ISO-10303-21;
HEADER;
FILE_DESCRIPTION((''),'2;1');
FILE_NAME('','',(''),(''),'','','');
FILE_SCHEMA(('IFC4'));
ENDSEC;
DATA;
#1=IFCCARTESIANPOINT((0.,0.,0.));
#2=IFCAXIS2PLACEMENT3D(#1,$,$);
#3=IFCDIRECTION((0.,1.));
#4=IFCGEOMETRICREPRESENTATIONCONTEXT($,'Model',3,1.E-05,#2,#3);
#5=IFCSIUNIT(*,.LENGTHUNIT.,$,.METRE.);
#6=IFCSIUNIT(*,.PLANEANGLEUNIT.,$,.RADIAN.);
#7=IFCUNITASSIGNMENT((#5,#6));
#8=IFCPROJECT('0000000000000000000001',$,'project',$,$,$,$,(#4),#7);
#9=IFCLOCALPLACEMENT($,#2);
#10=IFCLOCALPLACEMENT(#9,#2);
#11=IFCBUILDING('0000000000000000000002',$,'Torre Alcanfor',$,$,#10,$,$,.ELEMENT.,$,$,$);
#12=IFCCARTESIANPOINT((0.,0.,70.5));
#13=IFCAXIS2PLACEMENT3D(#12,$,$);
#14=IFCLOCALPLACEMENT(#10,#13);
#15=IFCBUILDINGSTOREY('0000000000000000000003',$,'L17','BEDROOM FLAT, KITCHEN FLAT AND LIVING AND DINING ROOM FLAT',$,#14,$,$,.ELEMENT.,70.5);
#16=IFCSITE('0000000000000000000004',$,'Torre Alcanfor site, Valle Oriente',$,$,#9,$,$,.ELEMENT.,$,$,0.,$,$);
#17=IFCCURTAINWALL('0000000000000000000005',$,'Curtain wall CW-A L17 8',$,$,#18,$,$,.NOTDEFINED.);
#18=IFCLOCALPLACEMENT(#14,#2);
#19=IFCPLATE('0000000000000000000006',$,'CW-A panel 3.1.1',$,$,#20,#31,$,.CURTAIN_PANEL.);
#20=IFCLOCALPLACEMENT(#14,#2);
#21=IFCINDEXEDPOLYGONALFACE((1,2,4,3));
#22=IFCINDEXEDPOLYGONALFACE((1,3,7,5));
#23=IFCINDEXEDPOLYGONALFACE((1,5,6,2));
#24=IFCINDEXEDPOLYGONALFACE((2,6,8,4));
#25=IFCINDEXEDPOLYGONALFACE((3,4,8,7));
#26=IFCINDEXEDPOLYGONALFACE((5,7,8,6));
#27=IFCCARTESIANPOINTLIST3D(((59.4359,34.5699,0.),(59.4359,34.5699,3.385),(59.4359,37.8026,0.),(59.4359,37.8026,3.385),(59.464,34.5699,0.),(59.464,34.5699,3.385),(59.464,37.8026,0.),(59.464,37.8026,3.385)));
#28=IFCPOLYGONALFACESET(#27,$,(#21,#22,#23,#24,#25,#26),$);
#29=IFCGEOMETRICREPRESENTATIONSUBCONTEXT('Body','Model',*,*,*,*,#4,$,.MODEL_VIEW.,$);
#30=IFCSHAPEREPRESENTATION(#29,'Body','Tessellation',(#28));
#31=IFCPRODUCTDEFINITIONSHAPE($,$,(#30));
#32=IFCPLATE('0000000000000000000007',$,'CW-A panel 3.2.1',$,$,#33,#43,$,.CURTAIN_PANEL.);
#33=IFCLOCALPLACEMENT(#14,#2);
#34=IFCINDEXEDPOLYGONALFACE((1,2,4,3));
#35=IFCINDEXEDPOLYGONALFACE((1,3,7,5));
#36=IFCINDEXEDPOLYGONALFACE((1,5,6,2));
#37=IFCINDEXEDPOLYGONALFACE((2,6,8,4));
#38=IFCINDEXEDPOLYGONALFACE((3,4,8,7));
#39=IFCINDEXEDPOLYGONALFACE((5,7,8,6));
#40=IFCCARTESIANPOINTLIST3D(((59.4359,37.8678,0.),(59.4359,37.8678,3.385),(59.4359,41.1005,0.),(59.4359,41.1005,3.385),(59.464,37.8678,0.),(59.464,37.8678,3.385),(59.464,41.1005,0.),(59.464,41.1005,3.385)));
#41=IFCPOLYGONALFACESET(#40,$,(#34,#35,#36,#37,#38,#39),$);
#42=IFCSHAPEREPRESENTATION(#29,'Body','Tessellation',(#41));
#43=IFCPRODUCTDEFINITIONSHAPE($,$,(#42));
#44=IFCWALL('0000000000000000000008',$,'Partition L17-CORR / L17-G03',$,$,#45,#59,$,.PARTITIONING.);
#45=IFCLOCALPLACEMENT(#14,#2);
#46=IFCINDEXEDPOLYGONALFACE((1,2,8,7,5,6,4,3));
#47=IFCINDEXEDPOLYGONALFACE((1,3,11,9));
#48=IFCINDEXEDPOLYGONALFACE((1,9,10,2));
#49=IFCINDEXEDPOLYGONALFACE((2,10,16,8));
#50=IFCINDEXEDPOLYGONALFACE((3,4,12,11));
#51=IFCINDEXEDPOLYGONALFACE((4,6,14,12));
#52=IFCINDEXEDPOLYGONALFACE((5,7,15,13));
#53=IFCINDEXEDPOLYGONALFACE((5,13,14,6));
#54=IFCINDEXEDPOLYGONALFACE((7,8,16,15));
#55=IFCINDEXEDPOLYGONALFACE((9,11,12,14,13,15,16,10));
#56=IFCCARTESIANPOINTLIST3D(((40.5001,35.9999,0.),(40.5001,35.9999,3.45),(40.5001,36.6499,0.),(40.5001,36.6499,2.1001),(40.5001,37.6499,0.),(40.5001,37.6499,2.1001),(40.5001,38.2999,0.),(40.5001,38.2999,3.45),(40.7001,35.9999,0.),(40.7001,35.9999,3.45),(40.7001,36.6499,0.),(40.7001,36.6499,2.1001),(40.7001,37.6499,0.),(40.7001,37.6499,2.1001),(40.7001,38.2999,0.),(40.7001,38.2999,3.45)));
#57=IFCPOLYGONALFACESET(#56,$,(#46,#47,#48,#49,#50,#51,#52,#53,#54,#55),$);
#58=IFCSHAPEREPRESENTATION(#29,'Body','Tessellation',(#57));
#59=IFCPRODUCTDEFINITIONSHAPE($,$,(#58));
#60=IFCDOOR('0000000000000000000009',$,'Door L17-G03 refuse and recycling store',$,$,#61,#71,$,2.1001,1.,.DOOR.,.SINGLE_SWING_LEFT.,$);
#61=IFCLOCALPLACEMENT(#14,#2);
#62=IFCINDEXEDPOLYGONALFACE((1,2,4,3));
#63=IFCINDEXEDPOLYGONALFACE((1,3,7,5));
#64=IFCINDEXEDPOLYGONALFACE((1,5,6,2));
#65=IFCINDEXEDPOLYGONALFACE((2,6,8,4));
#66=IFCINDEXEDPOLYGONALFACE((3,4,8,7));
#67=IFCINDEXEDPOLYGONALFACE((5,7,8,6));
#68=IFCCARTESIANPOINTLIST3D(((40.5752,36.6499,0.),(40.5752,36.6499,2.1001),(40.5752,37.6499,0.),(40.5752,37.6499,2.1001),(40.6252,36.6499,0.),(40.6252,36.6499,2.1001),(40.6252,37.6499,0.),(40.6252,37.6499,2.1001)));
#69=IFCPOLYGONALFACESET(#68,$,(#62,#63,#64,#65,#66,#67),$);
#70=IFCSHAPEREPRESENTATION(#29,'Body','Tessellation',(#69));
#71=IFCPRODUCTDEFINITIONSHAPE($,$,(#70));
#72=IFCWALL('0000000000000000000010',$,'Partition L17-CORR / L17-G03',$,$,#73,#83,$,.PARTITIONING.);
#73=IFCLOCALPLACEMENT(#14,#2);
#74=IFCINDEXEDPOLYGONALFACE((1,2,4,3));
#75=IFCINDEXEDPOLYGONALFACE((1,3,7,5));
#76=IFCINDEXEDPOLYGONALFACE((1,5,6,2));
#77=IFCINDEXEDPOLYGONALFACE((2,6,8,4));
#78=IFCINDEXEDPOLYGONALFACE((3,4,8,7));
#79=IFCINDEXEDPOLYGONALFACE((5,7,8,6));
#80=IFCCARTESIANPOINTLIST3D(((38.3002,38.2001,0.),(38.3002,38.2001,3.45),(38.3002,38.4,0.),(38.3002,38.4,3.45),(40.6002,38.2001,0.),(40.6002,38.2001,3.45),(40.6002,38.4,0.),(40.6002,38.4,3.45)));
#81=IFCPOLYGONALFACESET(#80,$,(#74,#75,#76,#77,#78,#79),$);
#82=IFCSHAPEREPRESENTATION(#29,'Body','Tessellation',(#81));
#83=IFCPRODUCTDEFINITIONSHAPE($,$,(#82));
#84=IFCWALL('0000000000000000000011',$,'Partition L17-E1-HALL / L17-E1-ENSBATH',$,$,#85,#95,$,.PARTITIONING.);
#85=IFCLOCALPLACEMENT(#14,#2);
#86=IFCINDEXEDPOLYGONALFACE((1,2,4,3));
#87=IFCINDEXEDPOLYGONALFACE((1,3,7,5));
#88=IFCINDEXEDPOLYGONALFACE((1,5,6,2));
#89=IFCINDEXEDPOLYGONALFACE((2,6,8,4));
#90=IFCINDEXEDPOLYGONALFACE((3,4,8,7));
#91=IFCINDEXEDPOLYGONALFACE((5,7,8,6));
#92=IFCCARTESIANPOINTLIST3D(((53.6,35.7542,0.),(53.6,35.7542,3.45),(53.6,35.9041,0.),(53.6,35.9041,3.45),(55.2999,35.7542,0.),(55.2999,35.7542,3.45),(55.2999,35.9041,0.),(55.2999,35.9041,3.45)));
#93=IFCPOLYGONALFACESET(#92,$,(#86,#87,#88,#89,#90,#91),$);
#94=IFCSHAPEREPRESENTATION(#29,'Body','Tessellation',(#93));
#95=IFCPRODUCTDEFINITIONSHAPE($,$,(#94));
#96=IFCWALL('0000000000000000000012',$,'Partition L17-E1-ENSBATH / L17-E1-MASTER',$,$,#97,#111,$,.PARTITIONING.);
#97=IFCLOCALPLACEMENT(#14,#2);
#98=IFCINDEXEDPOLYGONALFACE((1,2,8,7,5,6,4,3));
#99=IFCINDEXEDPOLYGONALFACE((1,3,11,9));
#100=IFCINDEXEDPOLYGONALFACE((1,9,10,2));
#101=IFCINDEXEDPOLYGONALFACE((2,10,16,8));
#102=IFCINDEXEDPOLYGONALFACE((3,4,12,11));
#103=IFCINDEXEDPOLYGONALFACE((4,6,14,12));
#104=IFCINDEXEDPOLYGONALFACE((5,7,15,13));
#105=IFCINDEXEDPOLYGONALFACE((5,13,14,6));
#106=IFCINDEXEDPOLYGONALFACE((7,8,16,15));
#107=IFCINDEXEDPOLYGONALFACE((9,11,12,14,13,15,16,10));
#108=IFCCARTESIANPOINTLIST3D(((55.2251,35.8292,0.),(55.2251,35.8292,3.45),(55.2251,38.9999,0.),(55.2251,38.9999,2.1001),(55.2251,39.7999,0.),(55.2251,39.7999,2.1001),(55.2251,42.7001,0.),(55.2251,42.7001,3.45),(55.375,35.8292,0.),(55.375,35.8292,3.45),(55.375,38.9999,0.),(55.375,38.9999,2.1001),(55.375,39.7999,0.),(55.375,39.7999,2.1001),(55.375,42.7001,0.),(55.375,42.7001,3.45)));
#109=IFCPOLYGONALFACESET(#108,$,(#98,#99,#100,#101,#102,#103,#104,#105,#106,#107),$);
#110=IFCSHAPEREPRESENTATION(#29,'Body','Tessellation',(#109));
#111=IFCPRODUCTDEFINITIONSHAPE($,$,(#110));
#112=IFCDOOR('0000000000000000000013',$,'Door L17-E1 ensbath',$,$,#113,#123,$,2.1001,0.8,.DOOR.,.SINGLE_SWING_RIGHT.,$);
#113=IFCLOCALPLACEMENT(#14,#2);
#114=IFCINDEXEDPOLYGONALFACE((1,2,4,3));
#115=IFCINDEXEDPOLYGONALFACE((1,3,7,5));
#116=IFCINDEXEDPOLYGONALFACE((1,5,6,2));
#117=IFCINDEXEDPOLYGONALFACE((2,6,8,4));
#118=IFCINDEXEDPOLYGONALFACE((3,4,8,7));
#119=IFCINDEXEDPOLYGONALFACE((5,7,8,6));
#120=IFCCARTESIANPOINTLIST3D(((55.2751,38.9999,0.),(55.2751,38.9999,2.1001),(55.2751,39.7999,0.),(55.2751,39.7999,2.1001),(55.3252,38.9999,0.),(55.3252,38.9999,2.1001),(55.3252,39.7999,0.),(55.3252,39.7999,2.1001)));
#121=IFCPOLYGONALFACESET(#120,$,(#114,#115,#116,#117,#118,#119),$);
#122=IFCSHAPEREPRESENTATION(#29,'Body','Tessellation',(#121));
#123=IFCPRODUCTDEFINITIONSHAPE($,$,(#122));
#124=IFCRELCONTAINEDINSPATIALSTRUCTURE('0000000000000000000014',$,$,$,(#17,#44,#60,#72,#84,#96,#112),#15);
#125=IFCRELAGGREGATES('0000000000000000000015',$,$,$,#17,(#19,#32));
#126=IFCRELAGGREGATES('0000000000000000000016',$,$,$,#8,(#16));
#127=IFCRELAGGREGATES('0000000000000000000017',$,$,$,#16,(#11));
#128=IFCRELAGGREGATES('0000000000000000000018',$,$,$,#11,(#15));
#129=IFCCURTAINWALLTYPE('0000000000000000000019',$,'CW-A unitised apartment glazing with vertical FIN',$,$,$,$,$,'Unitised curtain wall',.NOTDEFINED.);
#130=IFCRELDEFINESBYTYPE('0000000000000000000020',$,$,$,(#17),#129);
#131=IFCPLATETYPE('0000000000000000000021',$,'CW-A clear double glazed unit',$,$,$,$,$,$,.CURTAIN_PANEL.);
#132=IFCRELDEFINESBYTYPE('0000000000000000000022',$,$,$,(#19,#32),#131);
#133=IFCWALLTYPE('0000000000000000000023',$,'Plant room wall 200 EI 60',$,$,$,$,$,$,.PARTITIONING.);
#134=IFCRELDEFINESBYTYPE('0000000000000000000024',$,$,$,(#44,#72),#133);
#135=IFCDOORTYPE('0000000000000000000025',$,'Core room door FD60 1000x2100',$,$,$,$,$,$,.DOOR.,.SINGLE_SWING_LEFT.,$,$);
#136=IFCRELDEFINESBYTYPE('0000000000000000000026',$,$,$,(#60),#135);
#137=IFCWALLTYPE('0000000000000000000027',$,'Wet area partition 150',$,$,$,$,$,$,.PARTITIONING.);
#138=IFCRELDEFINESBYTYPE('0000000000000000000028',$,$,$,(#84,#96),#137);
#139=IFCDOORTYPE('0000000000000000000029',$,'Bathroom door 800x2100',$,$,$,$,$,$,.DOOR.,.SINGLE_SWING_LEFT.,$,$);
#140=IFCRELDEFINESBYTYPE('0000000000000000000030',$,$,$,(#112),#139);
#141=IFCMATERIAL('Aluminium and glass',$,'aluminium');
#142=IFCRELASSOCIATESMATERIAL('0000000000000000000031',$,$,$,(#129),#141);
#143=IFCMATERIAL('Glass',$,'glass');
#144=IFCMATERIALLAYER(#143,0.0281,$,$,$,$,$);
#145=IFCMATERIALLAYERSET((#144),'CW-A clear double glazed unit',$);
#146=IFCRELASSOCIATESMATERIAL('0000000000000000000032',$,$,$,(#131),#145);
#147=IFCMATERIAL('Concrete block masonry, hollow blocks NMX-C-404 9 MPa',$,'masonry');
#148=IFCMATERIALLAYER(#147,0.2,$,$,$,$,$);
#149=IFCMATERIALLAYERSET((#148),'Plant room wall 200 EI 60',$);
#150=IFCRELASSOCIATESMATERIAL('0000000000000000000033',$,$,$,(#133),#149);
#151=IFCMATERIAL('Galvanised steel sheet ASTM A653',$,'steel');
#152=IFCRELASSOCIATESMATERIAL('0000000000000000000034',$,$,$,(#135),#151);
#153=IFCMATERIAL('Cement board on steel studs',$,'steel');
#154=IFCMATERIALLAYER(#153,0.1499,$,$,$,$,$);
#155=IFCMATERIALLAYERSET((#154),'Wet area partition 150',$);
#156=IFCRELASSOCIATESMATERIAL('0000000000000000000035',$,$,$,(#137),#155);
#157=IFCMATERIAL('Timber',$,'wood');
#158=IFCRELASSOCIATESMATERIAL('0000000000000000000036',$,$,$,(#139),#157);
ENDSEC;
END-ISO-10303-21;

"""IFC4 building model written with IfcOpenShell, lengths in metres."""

from ifc_helpers import new_model, si_unit, direction, frame, frame_2d, origin, origin_2d, place, context, subcontext, project, spatial, rectangle, extrude, material, layer, layer_set, type_object, element, fill, aggregate, save


model = new_model("IFC4")

# Units and contexts
model_context = context("Model", 3, precision=1e-05, world=origin(), true_north=direction((0.0, 1.0)))
body_context = subcontext(model_context, "Body", "Model", "MODEL_VIEW")
ifc_project = project(units=[si_unit("LENGTHUNIT", "METRE"), si_unit("PLANEANGLEUNIT", "RADIAN")], contexts=[model_context])

# Site, building, storey
site_placement = place(None, origin())
site = spatial("IfcSite", under=ifc_project, at=site_placement, Name="Torre Alcanfor site, Valle Oriente", CompositionType="ELEMENT", RefElevation=0.0)
building_placement = place(site_placement, origin())
building = spatial("IfcBuilding", under=site, at=building_placement, Name="Torre Alcanfor", CompositionType="ELEMENT")
storey_placement = place(building_placement, frame((0.0, 0.0, 70.5)))
storey = spatial("IfcBuildingStorey", under=building, at=storey_placement, Name="L17", Description="BEDROOM FLAT, KITCHEN FLAT AND LIVING AND DINING ROOM FLAT", CompositionType="ELEMENT", Elevation=70.5)

# Curtain wall
ifc_material_1 = material(Name="Aluminium and glass", Category="aluminium")
curtain_wall_type = type_object("IfcCurtainWallType", Name="CW-A unitised apartment glazing with vertical FIN", ElementType="Unitised curtain wall", PredefinedType="NOTDEFINED", material=ifc_material_1)
curtain_wall_placement = place(storey_placement, origin())
curtain_wall = element("IfcCurtainWall", 1, at=curtain_wall_placement, inside=storey, type_object=curtain_wall_type, Name="Curtain wall CW-A L17 8", PredefinedType="NOTDEFINED")

# Plates
ifc_material_2 = material(Name="Glass", Category="glass")
ifc_layer_1 = layer(ifc_material_2, 0.0281)
ifc_layer_set_1 = layer_set([ifc_layer_1], Name="CW-A clear double glazed unit")
plate_type = type_object("IfcPlateType", Name="CW-A clear double glazed unit", PredefinedType="CURTAIN_PANEL", material=ifc_layer_set_1)
plate_1_placement = place(storey_placement, frame((59.45, 36.1863, 0.0), z_axis=(0.0, 0.0, 1.0), x_axis=(0.0, 1.0, 0.0)))
plate_1 = element("IfcPlate", 2, at=plate_1_placement, type_object=plate_type, Name="CW-A panel 3.1.1", PredefinedType="CURTAIN_PANEL", context=body_context, shape_type="SweptSolid", body=[
    extrude(rectangle(XDim=3.2327, YDim=0.0281, at=origin_2d()), origin(), (0.0, 0.0, 1.0), 3.385),
])
plate_2_placement = place(storey_placement, frame((59.45, 39.4841, 0.0), z_axis=(0.0, 0.0, 1.0), x_axis=(0.0, 1.0, 0.0)))
plate_2 = element("IfcPlate", 3, at=plate_2_placement, type_object=plate_type, Name="CW-A panel 3.2.1", PredefinedType="CURTAIN_PANEL", context=body_context, shape_type="SweptSolid", body=[
    extrude(rectangle(XDim=3.2327, YDim=0.0281, at=origin_2d()), origin(), (0.0, 0.0, 1.0), 3.385),
])
aggregate(curtain_wall, [plate_1, plate_2])

# Wall, opening, door
ifc_material_3 = material(Name="Concrete block masonry, hollow blocks NMX-C-404 9 MPa", Category="masonry")
ifc_layer_2 = layer(ifc_material_3, 0.2)
ifc_layer_set_2 = layer_set([ifc_layer_2], Name="Plant room wall 200 EI 60")
wall_type_1 = type_object("IfcWallType", Name="Plant room wall 200 EI 60", PredefinedType="PARTITIONING", material=ifc_layer_set_2)
wall_1_placement = place(storey_placement, frame((40.6001, 36.0, 0.0), z_axis=(0.0, 0.0, 1.0), x_axis=(0.0, 1.0, 0.0)))
wall_1 = element("IfcWall", 4, at=wall_1_placement, inside=storey, type_object=wall_type_1, Name="Partition L17-CORR / L17-G03", PredefinedType="PARTITIONING", context=body_context, shape_type="SweptSolid", body=[
    extrude(rectangle(XDim=2.3, YDim=0.2, at=frame_2d((1.1499, 0.0))), origin(), (0.0, 0.0, 1.0), 3.45),
])
opening_1_placement = place(wall_1_placement, frame((0.6499, 0.0, 0.0)))
opening_1 = element("IfcOpeningElement", 5, at=opening_1_placement, cuts=wall_1, PredefinedType="OPENING", context=body_context, shape_type="SweptSolid", body=[
    extrude(rectangle(XDim=1.0, YDim=2.1001, at=frame_2d((0.5, 1.05))), frame((0.0, 0.1099, 0.0), z_axis=(0.0, -1.0, 0.0), x_axis=(1.0, 0.0, 0.0)), (0.0, 0.0, 1.0), 0.22),
])
ifc_material_4 = material(Name="Galvanised steel sheet ASTM A653", Category="steel")
door_type_1 = type_object("IfcDoorType", Name="Core room door FD60 1000x2100", OperationType="SINGLE_SWING_LEFT", PredefinedType="DOOR", material=ifc_material_4)
door_1_placement = place(opening_1_placement, origin())
door_1 = element("IfcDoor", 6, at=door_1_placement, inside=storey, type_object=door_type_1, Name="Door L17-G03 refuse and recycling store", OperationType="SINGLE_SWING_LEFT", OverallHeight=2.1001, OverallWidth=1.0, PredefinedType="DOOR", context=body_context, shape_type="SweptSolid", body=[
    extrude(rectangle(XDim=1.0, YDim=2.1001, at=frame_2d((0.5, 1.05))), frame((0.0, 0.0249, 0.0), z_axis=(0.0, -1.0, 0.0), x_axis=(1.0, 0.0, 0.0)), (0.0, 0.0, 1.0), 0.05),
])
fill(opening_1, door_1)

# Walls
wall_2_placement = place(storey_placement, frame((40.6001, 38.3, 0.0), z_axis=(0.0, 0.0, 1.0), x_axis=(-1.0, 0.0, 0.0)))
element("IfcWall", 7, at=wall_2_placement, inside=storey, type_object=wall_type_1, Name="Partition L17-CORR / L17-G03", PredefinedType="PARTITIONING", context=body_context, shape_type="SweptSolid", body=[
    extrude(rectangle(XDim=2.3, YDim=0.2, at=frame_2d((1.1499, 0.0))), origin(), (0.0, 0.0, 1.0), 3.45),
])
ifc_material_5 = material(Name="Cement board on steel studs", Category="steel")
ifc_layer_3 = layer(ifc_material_5, 0.1499)
ifc_layer_set_3 = layer_set([ifc_layer_3], Name="Wet area partition 150")
wall_type_2 = type_object("IfcWallType", Name="Wet area partition 150", PredefinedType="PARTITIONING", material=ifc_layer_set_3)
wall_3_placement = place(storey_placement, frame((55.3, 35.8291, 0.0), z_axis=(0.0, 0.0, 1.0), x_axis=(-1.0, 0.0, 0.0)))
element("IfcWall", 8, at=wall_3_placement, inside=storey, type_object=wall_type_2, Name="Partition L17-E1-HALL / L17-E1-ENSBATH", PredefinedType="PARTITIONING", context=body_context, shape_type="SweptSolid", body=[
    extrude(rectangle(XDim=1.7, YDim=0.1499, at=frame_2d((0.8501, 0.0))), origin(), (0.0, 0.0, 1.0), 3.45),
])

# Wall, opening, door
wall_4_placement = place(storey_placement, frame((55.3, 35.8291, 0.0), z_axis=(0.0, 0.0, 1.0), x_axis=(0.0, 1.0, 0.0)))
wall_4 = element("IfcWall", 9, at=wall_4_placement, inside=storey, type_object=wall_type_2, Name="Partition L17-E1-ENSBATH / L17-E1-MASTER", PredefinedType="PARTITIONING", context=body_context, shape_type="SweptSolid", body=[
    extrude(rectangle(XDim=6.8708, YDim=0.1499, at=frame_2d((3.4355, 0.0))), origin(), (0.0, 0.0, 1.0), 3.45),
])
opening_2_placement = place(wall_4_placement, frame((3.1709, 0.0, 0.0)))
opening_2 = element("IfcOpeningElement", 10, at=opening_2_placement, cuts=wall_4, PredefinedType="OPENING", context=body_context, shape_type="SweptSolid", body=[
    extrude(rectangle(XDim=0.8, YDim=2.1001, at=frame_2d((0.3999, 1.05))), frame((0.0, 0.085, 0.0), z_axis=(0.0, -1.0, 0.0), x_axis=(1.0, 0.0, 0.0)), (0.0, 0.0, 1.0), 0.1699),
])
ifc_material_6 = material(Name="Timber", Category="wood")
door_type_2 = type_object("IfcDoorType", Name="Bathroom door 800x2100", OperationType="SINGLE_SWING_LEFT", PredefinedType="DOOR", material=ifc_material_6)
door_2_placement = place(opening_2_placement, origin())
door_2 = element("IfcDoor", 11, at=door_2_placement, inside=storey, type_object=door_type_2, Name="Door L17-E1 ensbath", OperationType="SINGLE_SWING_RIGHT", OverallHeight=2.1001, OverallWidth=0.8, PredefinedType="DOOR", context=body_context, shape_type="SweptSolid", body=[
    extrude(rectangle(XDim=0.8, YDim=2.1001, at=frame_2d((0.3999, 1.05))), frame((0.0, 0.0249, 0.0), z_axis=(0.0, -1.0, 0.0), x_axis=(1.0, 0.0, 0.0)), (0.0, 0.0, 1.0), 0.05),
])
fill(opening_2, door_2)

save(model, "model.ifc")
